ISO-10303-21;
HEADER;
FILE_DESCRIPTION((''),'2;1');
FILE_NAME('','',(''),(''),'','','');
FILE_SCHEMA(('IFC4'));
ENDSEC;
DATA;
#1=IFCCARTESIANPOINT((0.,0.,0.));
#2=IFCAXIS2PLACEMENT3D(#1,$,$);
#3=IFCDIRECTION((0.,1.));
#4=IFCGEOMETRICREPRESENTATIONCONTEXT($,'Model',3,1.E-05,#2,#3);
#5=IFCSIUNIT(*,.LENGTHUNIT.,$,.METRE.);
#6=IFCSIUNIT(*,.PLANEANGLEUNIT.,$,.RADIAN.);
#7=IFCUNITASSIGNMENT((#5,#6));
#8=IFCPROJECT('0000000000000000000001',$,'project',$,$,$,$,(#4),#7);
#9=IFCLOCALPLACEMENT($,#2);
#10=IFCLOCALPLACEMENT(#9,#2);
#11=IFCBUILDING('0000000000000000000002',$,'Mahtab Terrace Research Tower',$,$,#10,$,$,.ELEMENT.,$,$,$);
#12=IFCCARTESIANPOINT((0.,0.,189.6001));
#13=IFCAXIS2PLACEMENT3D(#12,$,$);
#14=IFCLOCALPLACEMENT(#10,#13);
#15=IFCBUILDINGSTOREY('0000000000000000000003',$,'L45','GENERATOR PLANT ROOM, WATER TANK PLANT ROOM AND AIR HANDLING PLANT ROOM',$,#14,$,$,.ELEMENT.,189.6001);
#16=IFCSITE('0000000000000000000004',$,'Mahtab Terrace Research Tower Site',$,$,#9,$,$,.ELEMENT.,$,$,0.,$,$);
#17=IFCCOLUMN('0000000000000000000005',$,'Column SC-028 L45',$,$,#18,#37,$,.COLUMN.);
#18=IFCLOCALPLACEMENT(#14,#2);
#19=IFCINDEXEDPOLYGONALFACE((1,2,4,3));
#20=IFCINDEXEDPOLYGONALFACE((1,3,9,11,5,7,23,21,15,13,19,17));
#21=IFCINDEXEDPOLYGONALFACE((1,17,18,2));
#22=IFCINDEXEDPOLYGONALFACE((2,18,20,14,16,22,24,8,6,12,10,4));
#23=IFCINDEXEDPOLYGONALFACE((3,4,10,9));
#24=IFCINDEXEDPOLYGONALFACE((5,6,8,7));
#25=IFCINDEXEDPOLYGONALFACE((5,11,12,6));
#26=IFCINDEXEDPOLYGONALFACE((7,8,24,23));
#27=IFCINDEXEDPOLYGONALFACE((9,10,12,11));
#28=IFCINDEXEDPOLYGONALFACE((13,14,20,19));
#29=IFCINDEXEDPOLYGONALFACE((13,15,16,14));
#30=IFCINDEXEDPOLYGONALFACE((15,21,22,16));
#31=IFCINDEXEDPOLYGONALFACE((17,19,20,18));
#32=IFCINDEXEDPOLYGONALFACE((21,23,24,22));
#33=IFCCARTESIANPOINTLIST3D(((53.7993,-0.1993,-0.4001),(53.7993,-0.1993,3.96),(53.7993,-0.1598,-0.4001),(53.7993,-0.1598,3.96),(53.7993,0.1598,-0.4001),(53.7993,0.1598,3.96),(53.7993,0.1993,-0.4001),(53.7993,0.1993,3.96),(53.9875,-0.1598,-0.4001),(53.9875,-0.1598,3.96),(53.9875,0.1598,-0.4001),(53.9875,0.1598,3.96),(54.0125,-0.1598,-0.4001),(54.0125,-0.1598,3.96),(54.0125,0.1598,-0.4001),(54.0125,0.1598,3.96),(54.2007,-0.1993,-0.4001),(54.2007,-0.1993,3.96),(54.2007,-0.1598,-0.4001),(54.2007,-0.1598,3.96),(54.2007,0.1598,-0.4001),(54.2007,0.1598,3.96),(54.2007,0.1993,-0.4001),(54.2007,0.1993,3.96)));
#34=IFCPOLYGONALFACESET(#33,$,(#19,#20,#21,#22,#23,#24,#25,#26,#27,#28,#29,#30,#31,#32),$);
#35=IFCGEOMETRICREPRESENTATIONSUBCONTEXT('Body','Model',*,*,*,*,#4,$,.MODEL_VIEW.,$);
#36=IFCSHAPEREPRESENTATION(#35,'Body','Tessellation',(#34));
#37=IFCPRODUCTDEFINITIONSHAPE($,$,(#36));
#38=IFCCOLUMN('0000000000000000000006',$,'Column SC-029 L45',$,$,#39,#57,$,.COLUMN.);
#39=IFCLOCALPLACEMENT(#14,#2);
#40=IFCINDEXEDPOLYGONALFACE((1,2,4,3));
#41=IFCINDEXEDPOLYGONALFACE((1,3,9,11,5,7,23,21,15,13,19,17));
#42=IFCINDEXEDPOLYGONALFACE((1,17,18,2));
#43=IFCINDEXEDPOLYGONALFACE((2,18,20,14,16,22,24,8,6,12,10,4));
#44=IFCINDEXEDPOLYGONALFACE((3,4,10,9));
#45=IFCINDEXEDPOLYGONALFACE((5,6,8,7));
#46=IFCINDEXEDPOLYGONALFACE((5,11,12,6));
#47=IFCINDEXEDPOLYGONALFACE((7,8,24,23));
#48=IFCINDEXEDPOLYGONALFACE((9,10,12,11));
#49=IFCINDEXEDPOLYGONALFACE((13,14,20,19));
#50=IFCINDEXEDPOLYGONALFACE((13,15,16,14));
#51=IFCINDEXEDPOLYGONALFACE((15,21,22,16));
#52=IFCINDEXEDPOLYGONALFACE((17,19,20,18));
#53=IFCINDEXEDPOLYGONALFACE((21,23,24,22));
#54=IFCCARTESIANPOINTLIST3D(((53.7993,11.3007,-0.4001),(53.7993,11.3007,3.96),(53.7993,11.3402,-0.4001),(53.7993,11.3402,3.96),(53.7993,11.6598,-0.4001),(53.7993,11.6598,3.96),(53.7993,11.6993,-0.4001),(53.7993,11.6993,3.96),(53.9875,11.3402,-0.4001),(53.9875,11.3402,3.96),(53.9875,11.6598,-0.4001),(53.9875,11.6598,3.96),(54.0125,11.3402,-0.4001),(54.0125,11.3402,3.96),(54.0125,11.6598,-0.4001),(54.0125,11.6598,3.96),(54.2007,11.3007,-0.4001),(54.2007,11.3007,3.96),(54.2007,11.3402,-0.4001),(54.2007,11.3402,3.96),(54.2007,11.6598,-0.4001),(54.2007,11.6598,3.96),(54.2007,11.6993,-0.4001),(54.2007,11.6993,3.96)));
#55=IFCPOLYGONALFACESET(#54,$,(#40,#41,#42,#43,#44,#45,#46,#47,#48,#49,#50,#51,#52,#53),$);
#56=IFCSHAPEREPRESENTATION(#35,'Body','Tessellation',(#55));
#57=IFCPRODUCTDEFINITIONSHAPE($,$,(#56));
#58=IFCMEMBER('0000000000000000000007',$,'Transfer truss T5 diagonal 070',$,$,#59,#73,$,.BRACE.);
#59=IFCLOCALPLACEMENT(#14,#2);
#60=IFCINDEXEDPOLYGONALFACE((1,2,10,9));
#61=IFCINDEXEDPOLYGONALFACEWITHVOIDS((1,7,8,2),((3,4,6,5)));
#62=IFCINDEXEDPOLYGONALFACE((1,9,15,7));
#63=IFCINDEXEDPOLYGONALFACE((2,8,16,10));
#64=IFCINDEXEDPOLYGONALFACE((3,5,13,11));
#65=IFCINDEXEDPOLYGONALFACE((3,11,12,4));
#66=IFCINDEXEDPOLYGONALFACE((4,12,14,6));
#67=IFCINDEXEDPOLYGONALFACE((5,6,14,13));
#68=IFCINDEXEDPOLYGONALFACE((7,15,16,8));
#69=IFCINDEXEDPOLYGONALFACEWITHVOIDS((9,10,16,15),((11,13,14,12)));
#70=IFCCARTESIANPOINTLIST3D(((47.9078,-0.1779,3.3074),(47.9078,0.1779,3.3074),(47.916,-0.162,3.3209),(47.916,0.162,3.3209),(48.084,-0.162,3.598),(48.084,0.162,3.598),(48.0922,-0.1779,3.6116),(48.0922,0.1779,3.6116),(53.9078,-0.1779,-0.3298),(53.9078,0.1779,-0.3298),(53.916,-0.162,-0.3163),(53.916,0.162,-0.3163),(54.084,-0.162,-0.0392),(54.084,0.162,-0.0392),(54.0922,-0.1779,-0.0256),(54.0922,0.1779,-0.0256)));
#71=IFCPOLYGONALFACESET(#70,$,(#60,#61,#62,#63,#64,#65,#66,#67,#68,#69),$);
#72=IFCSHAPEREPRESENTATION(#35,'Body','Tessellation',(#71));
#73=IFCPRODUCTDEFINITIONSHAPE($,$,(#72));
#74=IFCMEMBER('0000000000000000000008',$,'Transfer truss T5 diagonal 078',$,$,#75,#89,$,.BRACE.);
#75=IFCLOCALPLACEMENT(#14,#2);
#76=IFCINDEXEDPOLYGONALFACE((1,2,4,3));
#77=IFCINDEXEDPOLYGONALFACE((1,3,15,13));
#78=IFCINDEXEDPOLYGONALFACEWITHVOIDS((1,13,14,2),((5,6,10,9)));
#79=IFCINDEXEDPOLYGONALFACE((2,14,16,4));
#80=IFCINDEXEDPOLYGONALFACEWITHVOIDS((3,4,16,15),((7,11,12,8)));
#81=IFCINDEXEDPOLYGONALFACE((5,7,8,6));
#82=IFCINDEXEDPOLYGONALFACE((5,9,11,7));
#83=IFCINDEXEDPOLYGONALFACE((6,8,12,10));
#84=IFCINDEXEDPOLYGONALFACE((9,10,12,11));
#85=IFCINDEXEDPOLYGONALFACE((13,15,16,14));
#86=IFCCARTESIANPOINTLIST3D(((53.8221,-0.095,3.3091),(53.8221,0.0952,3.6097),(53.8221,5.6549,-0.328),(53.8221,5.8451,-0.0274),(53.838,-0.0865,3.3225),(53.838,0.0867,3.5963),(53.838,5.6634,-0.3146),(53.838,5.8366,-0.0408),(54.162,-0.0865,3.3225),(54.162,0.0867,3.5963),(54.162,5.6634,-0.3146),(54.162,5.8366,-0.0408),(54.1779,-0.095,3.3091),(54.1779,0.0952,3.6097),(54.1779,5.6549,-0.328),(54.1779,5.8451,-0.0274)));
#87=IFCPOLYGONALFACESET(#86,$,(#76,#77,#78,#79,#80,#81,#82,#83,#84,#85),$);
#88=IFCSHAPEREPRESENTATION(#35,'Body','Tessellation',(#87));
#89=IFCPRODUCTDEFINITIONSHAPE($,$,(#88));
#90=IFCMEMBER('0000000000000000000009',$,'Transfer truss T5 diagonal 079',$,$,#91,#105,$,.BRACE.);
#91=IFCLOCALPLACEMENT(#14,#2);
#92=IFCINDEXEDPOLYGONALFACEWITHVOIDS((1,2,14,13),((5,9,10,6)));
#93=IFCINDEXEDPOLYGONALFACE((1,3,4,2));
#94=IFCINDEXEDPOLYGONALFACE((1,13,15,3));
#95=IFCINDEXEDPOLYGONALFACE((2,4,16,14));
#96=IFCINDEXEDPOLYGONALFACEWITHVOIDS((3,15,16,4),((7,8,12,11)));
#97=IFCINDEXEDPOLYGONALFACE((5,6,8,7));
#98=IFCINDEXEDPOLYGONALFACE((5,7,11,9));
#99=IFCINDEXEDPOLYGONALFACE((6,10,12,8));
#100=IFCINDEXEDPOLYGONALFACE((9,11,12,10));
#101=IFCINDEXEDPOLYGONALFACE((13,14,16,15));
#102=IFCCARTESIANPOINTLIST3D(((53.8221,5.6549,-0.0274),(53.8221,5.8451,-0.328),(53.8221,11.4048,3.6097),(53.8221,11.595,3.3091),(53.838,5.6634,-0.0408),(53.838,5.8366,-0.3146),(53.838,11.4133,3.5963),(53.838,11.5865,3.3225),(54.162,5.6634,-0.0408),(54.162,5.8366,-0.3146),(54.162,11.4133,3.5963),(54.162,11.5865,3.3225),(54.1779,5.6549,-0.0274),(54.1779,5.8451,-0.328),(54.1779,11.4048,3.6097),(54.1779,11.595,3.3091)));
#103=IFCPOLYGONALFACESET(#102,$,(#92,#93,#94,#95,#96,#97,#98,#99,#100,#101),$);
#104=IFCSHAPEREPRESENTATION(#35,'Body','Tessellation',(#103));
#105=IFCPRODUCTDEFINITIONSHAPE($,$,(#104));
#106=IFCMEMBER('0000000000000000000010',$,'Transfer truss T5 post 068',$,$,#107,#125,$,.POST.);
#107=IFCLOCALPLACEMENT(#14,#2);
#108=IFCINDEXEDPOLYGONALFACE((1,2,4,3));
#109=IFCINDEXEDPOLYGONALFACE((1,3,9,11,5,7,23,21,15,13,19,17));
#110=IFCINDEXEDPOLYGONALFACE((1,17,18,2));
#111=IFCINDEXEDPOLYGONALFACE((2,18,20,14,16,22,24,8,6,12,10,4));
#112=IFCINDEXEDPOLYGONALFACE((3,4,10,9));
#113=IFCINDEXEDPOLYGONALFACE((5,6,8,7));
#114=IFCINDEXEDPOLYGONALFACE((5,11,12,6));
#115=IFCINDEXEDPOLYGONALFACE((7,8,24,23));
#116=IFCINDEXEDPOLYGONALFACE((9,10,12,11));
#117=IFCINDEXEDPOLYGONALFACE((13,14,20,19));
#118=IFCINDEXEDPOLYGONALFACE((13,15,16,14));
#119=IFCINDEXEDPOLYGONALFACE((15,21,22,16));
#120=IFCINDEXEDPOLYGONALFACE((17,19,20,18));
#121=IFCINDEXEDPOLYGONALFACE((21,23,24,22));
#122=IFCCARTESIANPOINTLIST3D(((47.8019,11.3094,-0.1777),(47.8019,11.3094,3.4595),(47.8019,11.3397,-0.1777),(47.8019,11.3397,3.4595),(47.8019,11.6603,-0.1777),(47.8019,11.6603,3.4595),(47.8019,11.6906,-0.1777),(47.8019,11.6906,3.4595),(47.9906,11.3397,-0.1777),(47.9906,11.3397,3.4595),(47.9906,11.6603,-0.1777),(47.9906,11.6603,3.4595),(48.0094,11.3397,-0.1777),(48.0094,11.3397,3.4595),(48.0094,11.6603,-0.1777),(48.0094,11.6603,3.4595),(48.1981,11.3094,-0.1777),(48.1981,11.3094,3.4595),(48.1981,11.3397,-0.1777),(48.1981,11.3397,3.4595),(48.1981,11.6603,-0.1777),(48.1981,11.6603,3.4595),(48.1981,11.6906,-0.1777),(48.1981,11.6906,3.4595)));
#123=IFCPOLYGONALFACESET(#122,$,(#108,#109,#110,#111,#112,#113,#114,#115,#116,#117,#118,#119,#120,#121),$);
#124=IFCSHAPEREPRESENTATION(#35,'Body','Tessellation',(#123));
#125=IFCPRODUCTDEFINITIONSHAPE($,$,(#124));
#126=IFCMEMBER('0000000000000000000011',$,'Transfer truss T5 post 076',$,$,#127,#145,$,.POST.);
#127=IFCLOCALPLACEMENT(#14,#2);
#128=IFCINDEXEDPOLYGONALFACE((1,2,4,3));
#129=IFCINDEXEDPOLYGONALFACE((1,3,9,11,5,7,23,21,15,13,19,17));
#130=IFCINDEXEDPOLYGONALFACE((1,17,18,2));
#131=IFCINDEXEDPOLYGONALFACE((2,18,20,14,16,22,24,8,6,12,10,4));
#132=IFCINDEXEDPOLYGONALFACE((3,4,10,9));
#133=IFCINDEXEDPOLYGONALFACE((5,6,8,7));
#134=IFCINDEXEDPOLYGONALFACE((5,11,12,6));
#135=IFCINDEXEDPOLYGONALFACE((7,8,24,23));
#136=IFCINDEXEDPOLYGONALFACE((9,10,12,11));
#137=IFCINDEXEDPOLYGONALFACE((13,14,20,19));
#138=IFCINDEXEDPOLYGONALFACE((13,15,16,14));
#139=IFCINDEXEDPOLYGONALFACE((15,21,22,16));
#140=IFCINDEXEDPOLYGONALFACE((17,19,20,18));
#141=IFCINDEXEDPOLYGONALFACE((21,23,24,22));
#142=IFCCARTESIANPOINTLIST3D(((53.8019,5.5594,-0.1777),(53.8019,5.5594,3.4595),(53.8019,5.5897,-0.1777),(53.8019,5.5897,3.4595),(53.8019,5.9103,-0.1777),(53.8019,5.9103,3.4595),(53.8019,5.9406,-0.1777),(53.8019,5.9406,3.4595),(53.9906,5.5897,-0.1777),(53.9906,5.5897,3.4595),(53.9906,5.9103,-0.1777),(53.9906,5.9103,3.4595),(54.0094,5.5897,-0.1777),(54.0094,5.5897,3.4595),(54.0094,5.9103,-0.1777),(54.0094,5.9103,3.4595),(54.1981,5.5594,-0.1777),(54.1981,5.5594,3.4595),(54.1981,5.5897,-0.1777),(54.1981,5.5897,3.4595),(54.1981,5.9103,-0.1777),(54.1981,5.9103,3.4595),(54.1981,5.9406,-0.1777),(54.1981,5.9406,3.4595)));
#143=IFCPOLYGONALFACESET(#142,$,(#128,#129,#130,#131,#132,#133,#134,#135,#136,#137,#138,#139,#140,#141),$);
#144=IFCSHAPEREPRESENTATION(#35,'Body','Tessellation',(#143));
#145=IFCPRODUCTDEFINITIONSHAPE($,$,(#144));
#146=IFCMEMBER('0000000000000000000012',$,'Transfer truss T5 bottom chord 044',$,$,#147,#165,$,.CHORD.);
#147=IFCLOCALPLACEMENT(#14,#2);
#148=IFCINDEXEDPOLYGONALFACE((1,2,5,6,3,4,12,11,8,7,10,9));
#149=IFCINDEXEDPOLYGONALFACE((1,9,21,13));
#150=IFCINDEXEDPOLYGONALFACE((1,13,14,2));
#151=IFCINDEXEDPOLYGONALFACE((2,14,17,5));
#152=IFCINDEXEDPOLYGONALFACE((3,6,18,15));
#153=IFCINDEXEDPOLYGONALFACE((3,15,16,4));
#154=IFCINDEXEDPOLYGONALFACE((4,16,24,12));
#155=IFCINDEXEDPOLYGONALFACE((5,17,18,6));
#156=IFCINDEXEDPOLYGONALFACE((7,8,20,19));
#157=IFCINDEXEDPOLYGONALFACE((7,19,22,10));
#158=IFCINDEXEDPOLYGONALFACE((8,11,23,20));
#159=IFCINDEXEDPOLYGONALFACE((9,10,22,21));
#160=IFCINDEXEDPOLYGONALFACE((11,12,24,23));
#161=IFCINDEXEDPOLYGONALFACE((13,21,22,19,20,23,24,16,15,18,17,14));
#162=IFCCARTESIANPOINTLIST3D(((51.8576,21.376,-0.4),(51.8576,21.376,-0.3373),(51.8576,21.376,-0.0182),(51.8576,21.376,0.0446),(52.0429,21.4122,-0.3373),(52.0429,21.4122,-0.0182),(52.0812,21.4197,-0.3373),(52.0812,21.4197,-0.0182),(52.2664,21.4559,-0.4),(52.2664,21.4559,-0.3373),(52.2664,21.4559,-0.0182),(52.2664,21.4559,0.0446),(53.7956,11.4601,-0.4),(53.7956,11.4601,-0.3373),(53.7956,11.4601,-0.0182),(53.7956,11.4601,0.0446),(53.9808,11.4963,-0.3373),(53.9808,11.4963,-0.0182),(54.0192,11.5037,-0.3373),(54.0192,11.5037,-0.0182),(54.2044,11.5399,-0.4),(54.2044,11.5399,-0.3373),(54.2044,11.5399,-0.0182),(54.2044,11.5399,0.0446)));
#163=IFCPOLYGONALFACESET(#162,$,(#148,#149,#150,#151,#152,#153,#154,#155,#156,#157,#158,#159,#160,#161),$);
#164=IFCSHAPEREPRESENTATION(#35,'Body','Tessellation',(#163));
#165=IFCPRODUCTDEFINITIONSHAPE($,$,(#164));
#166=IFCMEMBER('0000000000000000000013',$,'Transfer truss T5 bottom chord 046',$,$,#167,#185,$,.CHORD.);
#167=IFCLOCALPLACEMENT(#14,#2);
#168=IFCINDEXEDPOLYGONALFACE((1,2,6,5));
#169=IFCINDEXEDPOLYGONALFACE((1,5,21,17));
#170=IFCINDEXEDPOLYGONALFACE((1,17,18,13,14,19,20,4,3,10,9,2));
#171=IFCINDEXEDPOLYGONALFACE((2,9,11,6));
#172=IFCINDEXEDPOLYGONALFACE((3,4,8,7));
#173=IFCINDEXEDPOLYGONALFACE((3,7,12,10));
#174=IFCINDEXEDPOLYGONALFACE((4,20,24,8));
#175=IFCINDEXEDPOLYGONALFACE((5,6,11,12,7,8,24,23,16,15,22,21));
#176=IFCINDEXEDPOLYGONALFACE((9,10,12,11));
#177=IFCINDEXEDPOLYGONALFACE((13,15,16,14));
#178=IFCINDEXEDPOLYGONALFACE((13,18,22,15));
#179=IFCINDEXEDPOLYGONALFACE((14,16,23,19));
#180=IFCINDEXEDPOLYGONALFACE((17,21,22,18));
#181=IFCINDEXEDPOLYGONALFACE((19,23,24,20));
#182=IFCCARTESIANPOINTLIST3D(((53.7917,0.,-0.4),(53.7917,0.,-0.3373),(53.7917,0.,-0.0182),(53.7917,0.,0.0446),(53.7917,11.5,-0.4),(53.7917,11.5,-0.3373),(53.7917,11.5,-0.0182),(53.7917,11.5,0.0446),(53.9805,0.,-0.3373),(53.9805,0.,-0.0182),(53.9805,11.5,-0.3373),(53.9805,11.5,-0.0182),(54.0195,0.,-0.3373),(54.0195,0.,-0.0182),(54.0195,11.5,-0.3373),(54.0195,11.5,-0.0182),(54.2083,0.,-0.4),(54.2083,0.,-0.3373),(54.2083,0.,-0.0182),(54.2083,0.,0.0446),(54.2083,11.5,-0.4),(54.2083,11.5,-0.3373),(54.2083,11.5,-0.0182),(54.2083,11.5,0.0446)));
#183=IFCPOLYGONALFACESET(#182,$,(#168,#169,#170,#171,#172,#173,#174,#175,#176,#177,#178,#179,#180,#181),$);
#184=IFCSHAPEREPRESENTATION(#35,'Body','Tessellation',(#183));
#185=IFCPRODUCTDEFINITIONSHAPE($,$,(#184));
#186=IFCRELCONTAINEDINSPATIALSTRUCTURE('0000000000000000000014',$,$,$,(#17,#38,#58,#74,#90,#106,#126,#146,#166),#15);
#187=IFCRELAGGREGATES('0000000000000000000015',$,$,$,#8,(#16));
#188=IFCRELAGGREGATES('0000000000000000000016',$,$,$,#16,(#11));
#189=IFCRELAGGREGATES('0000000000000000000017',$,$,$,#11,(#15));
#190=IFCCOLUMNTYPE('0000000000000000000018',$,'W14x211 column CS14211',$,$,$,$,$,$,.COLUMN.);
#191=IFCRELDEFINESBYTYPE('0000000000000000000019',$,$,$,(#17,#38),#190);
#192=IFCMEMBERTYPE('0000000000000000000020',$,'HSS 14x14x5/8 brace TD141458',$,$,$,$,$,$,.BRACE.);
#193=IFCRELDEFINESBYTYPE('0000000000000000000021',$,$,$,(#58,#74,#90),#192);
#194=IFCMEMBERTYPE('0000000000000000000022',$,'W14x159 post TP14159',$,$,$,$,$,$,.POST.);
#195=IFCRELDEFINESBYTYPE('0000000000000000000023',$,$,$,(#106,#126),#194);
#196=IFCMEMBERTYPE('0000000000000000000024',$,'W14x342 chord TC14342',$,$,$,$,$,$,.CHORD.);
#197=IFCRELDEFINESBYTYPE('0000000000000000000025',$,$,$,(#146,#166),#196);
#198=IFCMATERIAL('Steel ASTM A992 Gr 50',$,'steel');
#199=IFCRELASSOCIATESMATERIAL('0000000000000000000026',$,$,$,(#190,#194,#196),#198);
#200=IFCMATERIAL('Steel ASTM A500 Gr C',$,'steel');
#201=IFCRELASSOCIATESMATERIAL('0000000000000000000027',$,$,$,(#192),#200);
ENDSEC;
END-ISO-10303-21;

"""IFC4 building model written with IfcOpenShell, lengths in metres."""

from ifc_helpers import new_model, si_unit, direction, frame, origin, origin_2d, place, context, subcontext, project, spatial, hollow_rectangle, i_section, extrude, material, material_profile, profile_set, type_object, element, save


model = new_model("IFC4")

# Units and contexts
model_context = context("Model", 3, precision=1e-05, world=origin(), true_north=direction((0.0, 1.0)))
body_context = subcontext(model_context, "Body", "Model", "MODEL_VIEW")
ifc_project = project(units=[si_unit("LENGTHUNIT", "METRE"), si_unit("PLANEANGLEUNIT", "RADIAN")], contexts=[model_context])

# Site, building, storey
site_placement = place(None, origin())
site = spatial("IfcSite", under=ifc_project, at=site_placement, Name="Mahtab Terrace Research Tower Site", CompositionType="ELEMENT", RefElevation=0.0)
building_placement = place(site_placement, origin())
building = spatial("IfcBuilding", under=site, at=building_placement, Name="Mahtab Terrace Research Tower", CompositionType="ELEMENT")
storey_placement = place(building_placement, frame((0.0, 0.0, 189.6001)))
storey = spatial("IfcBuildingStorey", under=building, at=storey_placement, Name="L45", Description="GENERATOR PLANT ROOM, WATER TANK PLANT ROOM AND AIR HANDLING PLANT ROOM", CompositionType="ELEMENT", Elevation=189.6001)

# Columns
ifc_material_1 = material(Name="Steel ASTM A992 Gr 50", Category="steel")
ifc_material_profile_1 = material_profile(ifc_material_1, i_section(OverallWidth=0.4014, OverallDepth=0.3987, WebThickness=0.0249, FlangeThickness=0.0396, at=origin_2d()), Name="W14X211")
ifc_profile_set_1 = profile_set([ifc_material_profile_1], Name="Steel ASTM A992 Gr 50")
column_type = type_object("IfcColumnType", Name="W14x211 column CS14211", PredefinedType="COLUMN", material=ifc_profile_set_1)
for number, where, z_axis, x_axis, name in (
    (1, (54.0, 0.0, -0.4001), (0.0, 0.0, 1.0), (1.0, 0.0, 0.0), "Column SC-028 L45"),
    (2, (54.0, 11.5, -0.4001), (0.0, 0.0, 1.0), (1.0, 0.0, 0.0), "Column SC-029 L45"),
):
    element("IfcColumn", number, at=place(storey_placement, frame(where, z_axis=z_axis, x_axis=x_axis)), inside=storey, type_object=column_type, Name=name, PredefinedType="COLUMN", context=body_context, shape_type="SweptSolid", body=[
        extrude(i_section(OverallWidth=0.4014, OverallDepth=0.3987, WebThickness=0.0249, FlangeThickness=0.0396, at=origin_2d()), origin(), (0.0, 0.0, 1.0), 4.3601),
    ])

# Members
ifc_material_2 = material(Name="Steel ASTM A500 Gr C", Category="steel")
ifc_material_profile_2 = material_profile(ifc_material_2, hollow_rectangle(XDim=0.3557, YDim=0.3557, WallThickness=0.0159, at=origin_2d()), Name="HSS14X14X5/8")
ifc_profile_set_2 = profile_set([ifc_material_profile_2], Name="Steel ASTM A500 Gr C")
member_type_1 = type_object("IfcMemberType", Name="HSS 14x14x5/8 brace TD141458", PredefinedType="BRACE", material=ifc_profile_set_2)
member_1_placement = place(storey_placement, frame((54.0, 0.0, -0.1777), z_axis=(-0.855145, 0.0, 0.51839), x_axis=(0.0, -1.0, 0.0)))
element("IfcMember", 3, at=member_1_placement, inside=storey, type_object=member_type_1, Name="Transfer truss T5 diagonal 070", PredefinedType="BRACE", context=body_context, shape_type="SweptSolid", body=[
    extrude(hollow_rectangle(XDim=0.3557, YDim=0.3557, WallThickness=0.0159, at=origin_2d()), origin(), (0.0, 0.0, 1.0), 7.0164),
])
for number, where, z_axis, x_axis, name in (
    (4, (54.0, 5.75, -0.1777), (0.0, -0.845115, 0.534584), (1.0, 0.0, 0.0), "Transfer truss T5 diagonal 078"),
    (5, (54.0, 5.75, -0.1777), (0.0, 0.845115, 0.534584), (-1.0, 0.0, 0.0), "Transfer truss T5 diagonal 079"),
):
    element("IfcMember", number, at=place(storey_placement, frame(where, z_axis=z_axis, x_axis=x_axis)), inside=storey, type_object=member_type_1, Name=name, PredefinedType="BRACE", context=body_context, shape_type="SweptSolid", body=[
        extrude(hollow_rectangle(XDim=0.3557, YDim=0.3557, WallThickness=0.0159, at=origin_2d()), origin(), (0.0, 0.0, 1.0), 6.8037),
    ])
ifc_material_profile_3 = material_profile(ifc_material_1, i_section(OverallWidth=0.3962, OverallDepth=0.3811, WebThickness=0.0188, FlangeThickness=0.0303, at=origin_2d()), Name="W14X159")
ifc_profile_set_3 = profile_set([ifc_material_profile_3], Name="Steel ASTM A992 Gr 50")
member_type_2 = type_object("IfcMemberType", Name="W14x159 post TP14159", PredefinedType="POST", material=ifc_profile_set_3)
for number, where, z_axis, x_axis, name in (
    (6, (48.0, 11.5, -0.1777), (0.0, 0.0, 1.0), (1.0, 0.0, 0.0), "Transfer truss T5 post 068"),
    (7, (54.0, 5.75, -0.1777), (0.0, 0.0, 1.0), (1.0, 0.0, 0.0), "Transfer truss T5 post 076"),
):
    element("IfcMember", number, at=place(storey_placement, frame(where, z_axis=z_axis, x_axis=x_axis)), inside=storey, type_object=member_type_2, Name=name, PredefinedType="POST", context=body_context, shape_type="SweptSolid", body=[
        extrude(i_section(OverallWidth=0.3962, OverallDepth=0.3811, WebThickness=0.0188, FlangeThickness=0.0303, at=origin_2d()), origin(), (0.0, 0.0, 1.0), 3.6372),
    ])
ifc_material_profile_4 = material_profile(ifc_material_1, i_section(OverallWidth=0.4165, OverallDepth=0.4446, WebThickness=0.0391, FlangeThickness=0.0627, at=origin_2d()), Name="W14X342")
ifc_profile_set_4 = profile_set([ifc_material_profile_4], Name="Steel ASTM A992 Gr 50")
member_type_3 = type_object("IfcMemberType", Name="W14x342 chord TC14342", PredefinedType="CHORD", material=ifc_profile_set_4)
member_2_placement = place(storey_placement, frame((54.0, 11.5, -0.1777), z_axis=(-0.191811, 0.981432, 0.0), x_axis=(-0.981432, -0.191811, 0.0)))
element("IfcMember", 8, at=member_2_placement, inside=storey, type_object=member_type_3, Name="Transfer truss T5 bottom chord 044", PredefinedType="CHORD", context=body_context, shape_type="SweptSolid", body=[
    extrude(i_section(OverallWidth=0.4165, OverallDepth=0.4446, WebThickness=0.0391, FlangeThickness=0.0627, at=origin_2d()), origin(), (0.0, 0.0, 1.0), 10.1035),
])
member_3_placement = place(storey_placement, frame((54.0, 0.0, -0.1777), z_axis=(0.0, 1.0, 0.0), x_axis=(-1.0, 0.0, 0.0)))
element("IfcMember", 9, at=member_3_placement, inside=storey, type_object=member_type_3, Name="Transfer truss T5 bottom chord 046", PredefinedType="CHORD", context=body_context, shape_type="SweptSolid", body=[
    extrude(i_section(OverallWidth=0.4165, OverallDepth=0.4446, WebThickness=0.0391, FlangeThickness=0.0627, at=origin_2d()), origin(), (0.0, 0.0, 1.0), 11.5),
])

save(model, "model.ifc")
